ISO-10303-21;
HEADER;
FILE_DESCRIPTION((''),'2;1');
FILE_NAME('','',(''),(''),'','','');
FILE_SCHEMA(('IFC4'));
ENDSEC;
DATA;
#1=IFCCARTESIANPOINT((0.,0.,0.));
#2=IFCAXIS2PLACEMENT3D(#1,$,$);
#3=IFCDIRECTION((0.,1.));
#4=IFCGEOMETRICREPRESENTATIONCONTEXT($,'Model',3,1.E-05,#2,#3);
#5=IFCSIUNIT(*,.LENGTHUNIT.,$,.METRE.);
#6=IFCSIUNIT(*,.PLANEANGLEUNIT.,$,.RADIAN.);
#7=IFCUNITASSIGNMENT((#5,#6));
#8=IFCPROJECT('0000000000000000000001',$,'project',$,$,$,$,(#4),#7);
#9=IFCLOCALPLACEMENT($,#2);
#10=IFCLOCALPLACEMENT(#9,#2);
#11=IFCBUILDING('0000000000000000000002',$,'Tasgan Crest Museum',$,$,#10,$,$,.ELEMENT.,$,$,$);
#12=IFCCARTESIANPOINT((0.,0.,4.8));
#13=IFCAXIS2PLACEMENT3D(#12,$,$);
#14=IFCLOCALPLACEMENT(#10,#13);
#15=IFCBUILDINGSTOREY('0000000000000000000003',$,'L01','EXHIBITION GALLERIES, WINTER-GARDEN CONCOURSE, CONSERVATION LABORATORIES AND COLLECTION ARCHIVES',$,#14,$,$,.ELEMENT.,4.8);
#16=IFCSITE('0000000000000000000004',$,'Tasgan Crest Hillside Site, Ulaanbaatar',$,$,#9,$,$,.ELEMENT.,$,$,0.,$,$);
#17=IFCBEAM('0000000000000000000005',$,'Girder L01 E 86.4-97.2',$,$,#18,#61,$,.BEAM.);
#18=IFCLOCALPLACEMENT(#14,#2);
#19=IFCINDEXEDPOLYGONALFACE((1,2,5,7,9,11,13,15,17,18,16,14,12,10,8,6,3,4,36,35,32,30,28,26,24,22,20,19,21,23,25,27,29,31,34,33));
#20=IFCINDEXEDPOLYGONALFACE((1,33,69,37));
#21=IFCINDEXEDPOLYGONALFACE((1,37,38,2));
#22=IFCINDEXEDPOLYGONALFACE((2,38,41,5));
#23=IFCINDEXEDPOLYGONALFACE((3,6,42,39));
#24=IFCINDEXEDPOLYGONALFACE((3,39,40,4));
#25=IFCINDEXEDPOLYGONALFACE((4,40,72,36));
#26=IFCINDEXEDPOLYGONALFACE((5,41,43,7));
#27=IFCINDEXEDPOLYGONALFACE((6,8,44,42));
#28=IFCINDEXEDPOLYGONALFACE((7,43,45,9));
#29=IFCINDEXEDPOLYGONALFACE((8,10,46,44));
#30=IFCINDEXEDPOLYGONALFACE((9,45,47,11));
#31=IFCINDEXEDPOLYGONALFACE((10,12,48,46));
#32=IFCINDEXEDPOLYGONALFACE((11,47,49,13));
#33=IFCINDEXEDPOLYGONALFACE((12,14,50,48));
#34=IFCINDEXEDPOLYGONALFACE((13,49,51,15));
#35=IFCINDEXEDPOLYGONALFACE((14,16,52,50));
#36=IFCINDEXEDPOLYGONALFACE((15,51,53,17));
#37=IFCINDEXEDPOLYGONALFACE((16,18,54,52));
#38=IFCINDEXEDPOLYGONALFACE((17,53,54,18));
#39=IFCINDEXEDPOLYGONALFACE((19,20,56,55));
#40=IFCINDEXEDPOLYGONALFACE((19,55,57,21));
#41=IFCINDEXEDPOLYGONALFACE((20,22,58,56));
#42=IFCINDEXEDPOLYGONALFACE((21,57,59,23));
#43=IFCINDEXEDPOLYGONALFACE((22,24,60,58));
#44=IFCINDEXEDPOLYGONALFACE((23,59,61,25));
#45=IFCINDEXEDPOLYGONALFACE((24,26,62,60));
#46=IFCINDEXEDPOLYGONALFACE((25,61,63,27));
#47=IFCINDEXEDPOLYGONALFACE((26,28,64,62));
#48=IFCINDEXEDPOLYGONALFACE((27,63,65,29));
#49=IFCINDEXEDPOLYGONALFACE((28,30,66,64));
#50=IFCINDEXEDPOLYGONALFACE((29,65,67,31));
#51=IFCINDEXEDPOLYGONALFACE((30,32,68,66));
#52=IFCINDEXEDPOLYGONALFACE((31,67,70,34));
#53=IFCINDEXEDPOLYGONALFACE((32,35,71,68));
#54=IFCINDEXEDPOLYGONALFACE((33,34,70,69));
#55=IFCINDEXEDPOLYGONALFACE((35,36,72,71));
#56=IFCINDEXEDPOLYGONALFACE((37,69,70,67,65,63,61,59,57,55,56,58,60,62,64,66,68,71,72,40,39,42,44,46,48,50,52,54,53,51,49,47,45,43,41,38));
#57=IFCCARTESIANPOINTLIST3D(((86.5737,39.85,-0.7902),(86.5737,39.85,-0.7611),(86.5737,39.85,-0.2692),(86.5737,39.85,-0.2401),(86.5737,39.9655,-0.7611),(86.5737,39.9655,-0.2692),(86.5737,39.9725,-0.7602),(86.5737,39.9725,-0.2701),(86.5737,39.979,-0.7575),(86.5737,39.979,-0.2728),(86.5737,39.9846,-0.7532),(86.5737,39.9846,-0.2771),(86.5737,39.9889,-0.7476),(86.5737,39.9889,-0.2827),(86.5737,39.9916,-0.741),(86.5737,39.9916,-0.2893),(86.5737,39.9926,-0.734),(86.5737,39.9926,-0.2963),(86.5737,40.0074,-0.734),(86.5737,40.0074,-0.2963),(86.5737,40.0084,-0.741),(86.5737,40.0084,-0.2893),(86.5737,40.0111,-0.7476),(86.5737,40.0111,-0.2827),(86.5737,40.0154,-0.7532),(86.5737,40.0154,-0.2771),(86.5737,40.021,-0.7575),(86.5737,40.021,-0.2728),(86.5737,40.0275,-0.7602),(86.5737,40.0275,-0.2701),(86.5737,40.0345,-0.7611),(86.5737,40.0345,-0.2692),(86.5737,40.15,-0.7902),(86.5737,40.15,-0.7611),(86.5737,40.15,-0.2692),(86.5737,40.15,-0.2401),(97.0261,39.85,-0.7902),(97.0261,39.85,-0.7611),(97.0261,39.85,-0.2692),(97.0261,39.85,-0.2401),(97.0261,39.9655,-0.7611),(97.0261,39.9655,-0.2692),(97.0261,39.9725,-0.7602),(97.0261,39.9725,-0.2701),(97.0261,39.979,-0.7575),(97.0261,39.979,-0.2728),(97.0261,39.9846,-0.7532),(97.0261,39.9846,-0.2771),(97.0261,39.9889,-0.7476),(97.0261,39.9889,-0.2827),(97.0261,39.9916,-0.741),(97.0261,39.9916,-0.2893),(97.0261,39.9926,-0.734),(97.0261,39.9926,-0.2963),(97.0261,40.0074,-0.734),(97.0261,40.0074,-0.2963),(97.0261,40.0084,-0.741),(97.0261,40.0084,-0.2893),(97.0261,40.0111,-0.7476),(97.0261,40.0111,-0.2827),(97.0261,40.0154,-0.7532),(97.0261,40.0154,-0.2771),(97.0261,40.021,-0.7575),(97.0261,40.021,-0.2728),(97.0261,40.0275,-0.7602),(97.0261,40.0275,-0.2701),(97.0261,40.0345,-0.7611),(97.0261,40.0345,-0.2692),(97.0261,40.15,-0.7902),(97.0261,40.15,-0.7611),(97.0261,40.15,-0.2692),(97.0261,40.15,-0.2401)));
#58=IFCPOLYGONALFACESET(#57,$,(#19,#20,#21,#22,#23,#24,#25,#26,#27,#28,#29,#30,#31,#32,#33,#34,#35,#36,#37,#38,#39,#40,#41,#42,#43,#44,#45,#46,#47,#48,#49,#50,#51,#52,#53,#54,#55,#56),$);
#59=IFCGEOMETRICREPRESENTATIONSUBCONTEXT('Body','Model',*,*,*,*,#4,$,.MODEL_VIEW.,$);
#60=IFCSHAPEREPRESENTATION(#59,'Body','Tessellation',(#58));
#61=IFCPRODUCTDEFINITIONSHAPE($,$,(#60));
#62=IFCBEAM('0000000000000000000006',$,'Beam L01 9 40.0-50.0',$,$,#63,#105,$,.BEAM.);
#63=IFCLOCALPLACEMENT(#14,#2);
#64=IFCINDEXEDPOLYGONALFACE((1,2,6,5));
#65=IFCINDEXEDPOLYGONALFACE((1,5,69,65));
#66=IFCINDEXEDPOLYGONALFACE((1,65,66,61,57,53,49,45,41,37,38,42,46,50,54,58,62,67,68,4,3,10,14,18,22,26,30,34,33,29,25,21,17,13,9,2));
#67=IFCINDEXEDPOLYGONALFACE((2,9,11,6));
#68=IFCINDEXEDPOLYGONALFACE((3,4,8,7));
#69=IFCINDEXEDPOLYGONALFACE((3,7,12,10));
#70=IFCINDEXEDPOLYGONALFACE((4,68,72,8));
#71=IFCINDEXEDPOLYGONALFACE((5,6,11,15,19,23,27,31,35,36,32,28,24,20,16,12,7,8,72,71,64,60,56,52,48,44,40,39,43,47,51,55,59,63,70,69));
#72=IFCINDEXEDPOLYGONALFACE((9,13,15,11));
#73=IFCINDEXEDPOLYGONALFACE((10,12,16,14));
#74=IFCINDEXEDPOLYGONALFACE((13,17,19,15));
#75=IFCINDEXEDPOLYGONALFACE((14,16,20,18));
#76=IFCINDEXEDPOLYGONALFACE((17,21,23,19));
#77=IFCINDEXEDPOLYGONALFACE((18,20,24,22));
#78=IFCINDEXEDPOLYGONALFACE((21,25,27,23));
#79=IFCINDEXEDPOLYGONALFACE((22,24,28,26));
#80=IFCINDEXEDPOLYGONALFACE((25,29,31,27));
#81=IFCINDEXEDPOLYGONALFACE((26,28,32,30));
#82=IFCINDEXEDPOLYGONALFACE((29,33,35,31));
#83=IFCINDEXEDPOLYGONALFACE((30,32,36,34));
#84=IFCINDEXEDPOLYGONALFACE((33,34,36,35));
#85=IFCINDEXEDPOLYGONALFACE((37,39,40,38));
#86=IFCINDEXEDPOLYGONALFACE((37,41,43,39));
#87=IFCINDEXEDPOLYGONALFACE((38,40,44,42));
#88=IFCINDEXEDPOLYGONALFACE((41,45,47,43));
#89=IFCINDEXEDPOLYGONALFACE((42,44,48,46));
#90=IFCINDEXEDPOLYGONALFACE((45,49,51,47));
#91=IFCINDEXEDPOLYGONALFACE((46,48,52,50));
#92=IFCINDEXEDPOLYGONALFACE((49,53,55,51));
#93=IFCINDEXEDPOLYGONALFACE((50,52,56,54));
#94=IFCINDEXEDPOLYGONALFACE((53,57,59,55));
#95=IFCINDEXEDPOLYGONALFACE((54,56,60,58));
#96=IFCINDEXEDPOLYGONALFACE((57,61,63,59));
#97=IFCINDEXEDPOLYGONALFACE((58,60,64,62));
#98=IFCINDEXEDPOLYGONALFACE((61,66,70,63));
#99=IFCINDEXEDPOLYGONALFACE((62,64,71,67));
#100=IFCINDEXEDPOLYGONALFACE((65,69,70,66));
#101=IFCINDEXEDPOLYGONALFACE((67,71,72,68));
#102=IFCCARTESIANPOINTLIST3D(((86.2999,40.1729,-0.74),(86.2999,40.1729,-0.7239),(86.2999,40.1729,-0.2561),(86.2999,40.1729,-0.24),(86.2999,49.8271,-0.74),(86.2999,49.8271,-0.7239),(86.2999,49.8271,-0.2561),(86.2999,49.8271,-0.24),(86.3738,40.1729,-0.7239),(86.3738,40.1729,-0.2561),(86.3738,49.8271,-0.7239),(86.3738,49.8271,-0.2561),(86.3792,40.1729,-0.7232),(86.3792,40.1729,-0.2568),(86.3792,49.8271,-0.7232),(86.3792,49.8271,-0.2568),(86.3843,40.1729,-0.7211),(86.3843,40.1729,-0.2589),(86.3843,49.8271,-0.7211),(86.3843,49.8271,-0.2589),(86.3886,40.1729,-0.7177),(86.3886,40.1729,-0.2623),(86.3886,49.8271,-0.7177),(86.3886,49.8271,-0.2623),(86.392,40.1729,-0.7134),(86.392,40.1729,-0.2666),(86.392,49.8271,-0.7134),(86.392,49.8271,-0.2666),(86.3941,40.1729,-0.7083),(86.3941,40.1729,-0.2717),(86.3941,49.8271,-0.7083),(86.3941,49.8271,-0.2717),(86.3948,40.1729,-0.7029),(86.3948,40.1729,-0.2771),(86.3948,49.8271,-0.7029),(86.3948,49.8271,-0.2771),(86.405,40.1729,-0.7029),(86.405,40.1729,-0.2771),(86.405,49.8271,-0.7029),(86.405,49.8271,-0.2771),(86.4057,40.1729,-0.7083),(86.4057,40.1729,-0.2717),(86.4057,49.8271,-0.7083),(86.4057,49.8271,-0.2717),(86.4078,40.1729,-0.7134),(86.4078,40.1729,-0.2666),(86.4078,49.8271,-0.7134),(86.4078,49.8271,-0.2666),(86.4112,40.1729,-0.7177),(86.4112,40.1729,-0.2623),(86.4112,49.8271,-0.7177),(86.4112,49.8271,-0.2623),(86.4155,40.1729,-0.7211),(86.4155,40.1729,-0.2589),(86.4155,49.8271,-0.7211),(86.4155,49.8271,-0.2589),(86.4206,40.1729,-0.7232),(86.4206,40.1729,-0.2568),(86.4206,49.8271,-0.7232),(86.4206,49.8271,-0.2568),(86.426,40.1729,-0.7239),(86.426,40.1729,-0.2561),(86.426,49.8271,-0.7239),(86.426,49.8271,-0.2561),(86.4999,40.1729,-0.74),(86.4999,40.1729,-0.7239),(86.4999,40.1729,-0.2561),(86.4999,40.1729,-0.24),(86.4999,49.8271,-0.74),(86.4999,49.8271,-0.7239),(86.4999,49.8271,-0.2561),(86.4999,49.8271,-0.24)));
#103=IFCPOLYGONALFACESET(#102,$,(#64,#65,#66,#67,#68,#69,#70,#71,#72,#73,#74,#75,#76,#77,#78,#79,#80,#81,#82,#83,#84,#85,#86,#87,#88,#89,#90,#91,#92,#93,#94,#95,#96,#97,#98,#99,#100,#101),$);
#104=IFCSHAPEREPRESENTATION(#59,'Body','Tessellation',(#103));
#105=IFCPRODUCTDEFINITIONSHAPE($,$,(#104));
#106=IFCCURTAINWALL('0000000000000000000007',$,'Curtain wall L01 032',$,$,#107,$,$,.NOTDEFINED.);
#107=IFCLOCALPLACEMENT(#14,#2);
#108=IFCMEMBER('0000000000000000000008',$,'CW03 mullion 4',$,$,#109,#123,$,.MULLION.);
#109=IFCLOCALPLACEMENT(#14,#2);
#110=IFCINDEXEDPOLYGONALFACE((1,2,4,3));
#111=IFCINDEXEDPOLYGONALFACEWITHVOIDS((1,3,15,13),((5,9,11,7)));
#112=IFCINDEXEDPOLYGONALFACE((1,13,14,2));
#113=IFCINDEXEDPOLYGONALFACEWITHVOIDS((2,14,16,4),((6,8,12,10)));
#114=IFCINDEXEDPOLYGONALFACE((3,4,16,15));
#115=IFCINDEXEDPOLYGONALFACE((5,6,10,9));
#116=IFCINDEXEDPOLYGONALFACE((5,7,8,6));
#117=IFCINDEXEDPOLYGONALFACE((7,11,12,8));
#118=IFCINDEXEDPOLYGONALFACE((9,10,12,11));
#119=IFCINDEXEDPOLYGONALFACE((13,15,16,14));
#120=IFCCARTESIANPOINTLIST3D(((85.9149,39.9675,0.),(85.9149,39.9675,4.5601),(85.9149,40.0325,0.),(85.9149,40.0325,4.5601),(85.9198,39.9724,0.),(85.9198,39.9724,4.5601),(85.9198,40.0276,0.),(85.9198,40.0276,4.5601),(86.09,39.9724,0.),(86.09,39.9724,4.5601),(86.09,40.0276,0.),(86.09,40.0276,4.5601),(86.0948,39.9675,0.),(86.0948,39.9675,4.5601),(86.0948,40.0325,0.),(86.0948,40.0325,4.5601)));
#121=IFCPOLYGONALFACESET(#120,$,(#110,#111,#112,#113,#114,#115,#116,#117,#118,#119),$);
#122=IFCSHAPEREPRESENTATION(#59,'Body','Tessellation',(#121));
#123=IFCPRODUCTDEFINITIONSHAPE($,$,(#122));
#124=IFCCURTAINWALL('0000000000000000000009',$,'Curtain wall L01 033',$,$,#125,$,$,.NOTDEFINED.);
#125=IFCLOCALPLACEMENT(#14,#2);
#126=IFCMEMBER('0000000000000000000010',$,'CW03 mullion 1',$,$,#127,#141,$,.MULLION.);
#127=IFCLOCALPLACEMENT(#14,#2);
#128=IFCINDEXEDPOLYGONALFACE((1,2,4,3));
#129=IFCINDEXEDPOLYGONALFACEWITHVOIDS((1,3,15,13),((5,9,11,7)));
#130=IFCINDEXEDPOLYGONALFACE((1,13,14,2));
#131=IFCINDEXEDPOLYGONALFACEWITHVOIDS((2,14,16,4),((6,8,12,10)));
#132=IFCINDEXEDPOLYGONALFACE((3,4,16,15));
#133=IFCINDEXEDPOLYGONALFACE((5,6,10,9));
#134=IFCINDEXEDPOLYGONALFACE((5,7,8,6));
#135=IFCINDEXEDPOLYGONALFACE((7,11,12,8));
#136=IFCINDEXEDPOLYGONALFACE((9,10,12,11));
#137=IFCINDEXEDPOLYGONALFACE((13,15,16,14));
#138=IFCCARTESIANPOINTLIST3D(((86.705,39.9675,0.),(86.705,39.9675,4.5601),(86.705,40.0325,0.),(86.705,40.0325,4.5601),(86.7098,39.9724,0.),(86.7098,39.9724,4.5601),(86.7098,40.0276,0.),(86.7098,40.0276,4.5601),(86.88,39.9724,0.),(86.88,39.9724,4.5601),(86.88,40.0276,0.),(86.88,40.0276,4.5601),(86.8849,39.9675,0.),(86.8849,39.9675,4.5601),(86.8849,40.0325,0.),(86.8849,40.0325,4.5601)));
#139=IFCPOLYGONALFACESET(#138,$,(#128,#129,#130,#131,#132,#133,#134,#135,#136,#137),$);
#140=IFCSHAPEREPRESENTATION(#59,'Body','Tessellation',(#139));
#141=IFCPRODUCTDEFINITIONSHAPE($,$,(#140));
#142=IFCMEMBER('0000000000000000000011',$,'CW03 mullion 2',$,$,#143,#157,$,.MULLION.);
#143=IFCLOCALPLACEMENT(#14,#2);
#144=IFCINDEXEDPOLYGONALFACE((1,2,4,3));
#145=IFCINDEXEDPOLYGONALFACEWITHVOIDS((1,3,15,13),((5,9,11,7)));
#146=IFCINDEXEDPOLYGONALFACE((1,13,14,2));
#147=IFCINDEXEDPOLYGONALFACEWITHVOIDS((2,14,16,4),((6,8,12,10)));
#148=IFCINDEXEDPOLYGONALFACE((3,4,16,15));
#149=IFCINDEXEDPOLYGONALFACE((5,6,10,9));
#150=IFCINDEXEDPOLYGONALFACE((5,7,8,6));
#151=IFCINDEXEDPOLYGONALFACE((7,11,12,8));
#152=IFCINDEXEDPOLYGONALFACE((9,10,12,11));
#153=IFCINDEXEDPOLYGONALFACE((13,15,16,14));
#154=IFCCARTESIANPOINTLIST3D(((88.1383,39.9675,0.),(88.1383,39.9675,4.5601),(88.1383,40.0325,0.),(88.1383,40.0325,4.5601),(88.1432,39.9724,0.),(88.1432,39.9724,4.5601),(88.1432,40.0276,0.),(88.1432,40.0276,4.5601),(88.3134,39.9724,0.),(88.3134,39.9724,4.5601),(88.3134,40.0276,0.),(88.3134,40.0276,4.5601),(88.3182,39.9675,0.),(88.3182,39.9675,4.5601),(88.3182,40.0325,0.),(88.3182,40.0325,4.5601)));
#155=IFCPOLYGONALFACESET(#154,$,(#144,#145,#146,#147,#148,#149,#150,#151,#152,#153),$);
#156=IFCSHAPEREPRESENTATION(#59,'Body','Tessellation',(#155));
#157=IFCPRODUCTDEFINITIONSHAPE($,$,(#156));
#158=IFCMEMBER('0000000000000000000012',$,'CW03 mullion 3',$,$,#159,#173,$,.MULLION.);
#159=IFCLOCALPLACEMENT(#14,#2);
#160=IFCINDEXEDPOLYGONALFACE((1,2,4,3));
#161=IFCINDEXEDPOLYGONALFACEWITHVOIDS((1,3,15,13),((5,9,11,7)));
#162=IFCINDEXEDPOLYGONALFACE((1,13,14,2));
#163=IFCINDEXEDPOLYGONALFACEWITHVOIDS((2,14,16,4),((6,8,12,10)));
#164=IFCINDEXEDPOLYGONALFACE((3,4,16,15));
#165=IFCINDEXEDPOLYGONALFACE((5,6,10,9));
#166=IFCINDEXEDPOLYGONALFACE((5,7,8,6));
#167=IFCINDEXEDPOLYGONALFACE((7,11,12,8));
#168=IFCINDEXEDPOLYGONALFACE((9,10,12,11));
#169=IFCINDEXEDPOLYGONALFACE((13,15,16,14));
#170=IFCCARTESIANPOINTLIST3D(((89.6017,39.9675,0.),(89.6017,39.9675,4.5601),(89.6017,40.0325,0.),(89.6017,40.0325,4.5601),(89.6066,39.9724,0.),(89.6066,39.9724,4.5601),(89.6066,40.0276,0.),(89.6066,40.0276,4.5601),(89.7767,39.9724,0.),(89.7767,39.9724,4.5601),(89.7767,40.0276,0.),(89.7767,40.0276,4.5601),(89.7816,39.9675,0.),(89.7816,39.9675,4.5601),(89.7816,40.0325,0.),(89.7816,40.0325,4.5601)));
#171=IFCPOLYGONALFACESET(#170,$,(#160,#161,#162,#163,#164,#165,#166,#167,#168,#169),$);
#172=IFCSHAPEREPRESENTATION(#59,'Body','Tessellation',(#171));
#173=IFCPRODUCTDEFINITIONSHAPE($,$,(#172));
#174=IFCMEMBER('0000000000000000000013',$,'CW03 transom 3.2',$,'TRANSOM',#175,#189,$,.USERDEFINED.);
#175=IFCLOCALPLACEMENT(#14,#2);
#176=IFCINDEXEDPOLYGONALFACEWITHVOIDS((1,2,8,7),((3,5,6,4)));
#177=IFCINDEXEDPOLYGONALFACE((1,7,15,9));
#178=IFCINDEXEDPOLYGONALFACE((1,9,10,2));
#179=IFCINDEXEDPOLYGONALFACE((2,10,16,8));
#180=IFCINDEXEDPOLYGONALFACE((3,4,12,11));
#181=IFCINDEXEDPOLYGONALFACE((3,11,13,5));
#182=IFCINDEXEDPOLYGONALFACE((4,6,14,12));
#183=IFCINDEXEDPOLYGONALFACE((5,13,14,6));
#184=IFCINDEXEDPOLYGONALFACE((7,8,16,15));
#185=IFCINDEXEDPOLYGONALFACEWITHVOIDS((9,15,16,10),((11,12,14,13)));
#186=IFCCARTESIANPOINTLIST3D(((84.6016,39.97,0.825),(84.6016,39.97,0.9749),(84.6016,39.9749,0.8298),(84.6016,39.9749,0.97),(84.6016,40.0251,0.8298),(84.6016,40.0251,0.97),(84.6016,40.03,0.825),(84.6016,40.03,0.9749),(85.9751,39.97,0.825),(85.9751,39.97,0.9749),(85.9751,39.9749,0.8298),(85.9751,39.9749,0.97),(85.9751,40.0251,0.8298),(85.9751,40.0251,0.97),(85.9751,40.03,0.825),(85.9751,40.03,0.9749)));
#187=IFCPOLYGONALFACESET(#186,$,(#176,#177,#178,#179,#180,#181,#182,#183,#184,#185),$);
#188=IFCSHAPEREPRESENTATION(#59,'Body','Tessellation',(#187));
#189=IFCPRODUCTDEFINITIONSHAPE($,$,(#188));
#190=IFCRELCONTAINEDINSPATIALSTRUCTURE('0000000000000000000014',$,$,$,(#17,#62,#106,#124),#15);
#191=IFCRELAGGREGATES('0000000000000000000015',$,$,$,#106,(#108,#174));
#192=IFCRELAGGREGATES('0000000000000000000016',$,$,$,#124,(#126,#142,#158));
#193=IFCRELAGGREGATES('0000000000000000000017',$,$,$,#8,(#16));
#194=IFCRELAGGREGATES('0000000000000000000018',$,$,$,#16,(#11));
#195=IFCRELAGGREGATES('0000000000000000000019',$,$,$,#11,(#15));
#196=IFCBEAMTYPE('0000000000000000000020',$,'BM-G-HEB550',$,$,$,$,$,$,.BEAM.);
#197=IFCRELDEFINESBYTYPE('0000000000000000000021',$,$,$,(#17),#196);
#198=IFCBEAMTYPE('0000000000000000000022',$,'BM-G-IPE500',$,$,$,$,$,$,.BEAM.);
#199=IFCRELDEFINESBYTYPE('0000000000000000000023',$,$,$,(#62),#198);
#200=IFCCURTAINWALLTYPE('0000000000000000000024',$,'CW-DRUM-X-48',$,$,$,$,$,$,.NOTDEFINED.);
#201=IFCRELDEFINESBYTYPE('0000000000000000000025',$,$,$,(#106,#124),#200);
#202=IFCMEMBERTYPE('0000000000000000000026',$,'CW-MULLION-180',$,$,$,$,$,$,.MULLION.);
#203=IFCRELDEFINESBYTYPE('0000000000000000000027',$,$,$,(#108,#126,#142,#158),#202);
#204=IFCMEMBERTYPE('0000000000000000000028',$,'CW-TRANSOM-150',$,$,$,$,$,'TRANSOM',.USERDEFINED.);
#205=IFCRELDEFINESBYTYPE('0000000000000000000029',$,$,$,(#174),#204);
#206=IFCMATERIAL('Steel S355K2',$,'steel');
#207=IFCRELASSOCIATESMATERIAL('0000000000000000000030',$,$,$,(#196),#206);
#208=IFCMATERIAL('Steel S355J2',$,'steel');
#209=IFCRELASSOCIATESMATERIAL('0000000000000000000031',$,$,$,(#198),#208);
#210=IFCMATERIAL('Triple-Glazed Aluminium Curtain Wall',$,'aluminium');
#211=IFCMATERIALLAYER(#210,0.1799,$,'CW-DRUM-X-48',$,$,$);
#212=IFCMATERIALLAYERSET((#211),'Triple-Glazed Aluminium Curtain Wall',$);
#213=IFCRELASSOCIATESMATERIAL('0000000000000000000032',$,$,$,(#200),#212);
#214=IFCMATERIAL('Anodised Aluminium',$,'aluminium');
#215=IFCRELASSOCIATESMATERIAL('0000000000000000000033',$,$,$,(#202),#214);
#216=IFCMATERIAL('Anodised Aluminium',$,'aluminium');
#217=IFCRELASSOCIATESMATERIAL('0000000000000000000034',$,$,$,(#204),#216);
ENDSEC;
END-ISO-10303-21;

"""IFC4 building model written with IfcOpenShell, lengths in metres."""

from ifc_helpers import new_model, si_unit, direction, frame, origin, origin_2d, place, context, subcontext, project, spatial, hollow_rectangle, i_section, extrude, material, layer, layer_set, material_profile, profile_set, type_object, element, aggregate, save


model = new_model("IFC4")

# Units and contexts
model_context = context("Model", 3, precision=1e-05, world=origin(), true_north=direction((0.0, 1.0)))
body_context = subcontext(model_context, "Body", "Model", "MODEL_VIEW")
ifc_project = project(units=[si_unit("LENGTHUNIT", "METRE"), si_unit("PLANEANGLEUNIT", "RADIAN")], contexts=[model_context])

# Site, building, storey
site_placement = place(None, origin())
site = spatial("IfcSite", under=ifc_project, at=site_placement, Name="Tasgan Crest Hillside Site, Ulaanbaatar", CompositionType="ELEMENT", RefElevation=0.0)
building_placement = place(site_placement, origin())
building = spatial("IfcBuilding", under=site, at=building_placement, Name="Tasgan Crest Museum", CompositionType="ELEMENT")
storey_placement = place(building_placement, frame((0.0, 0.0, 4.8)))
storey = spatial("IfcBuildingStorey", under=building, at=storey_placement, Name="L01", Description="EXHIBITION GALLERIES, WINTER-GARDEN CONCOURSE, CONSERVATION LABORATORIES AND COLLECTION ARCHIVES", CompositionType="ELEMENT", Elevation=4.8)

# Beams
ifc_material_1 = material(Name="Steel S355K2", Category="steel")
ifc_material_profile_1 = material_profile(ifc_material_1, i_section(OverallWidth=0.3, OverallDepth=0.55, WebThickness=0.0149, FlangeThickness=0.0291, FilletRadius=0.0271, at=origin_2d()), Name="HEB 550")
ifc_profile_set_1 = profile_set([ifc_material_profile_1], Name="Steel S355K2")
beam_type_1 = type_object("IfcBeamType", Name="BM-G-HEB550", PredefinedType="BEAM", material=ifc_profile_set_1)
beam_1_placement = place(storey_placement, frame((86.5737, 40.0, -0.5151), z_axis=(1.0, 0.0, 0.0), x_axis=(0.0, 1.0, 0.0)))
element("IfcBeam", 1, at=beam_1_placement, inside=storey, type_object=beam_type_1, Name="Girder L01 E 86.4-97.2", PredefinedType="BEAM", context=body_context, shape_type="SweptSolid", body=[
    extrude(i_section(OverallWidth=0.3, OverallDepth=0.55, WebThickness=0.0149, FlangeThickness=0.0291, FilletRadius=0.0271, at=origin_2d()), origin(), (0.0, 0.0, 1.0), 10.4524),
])
ifc_material_2 = material(Name="Steel S355J2", Category="steel")
ifc_material_profile_2 = material_profile(ifc_material_2, i_section(OverallWidth=0.2, OverallDepth=0.5, WebThickness=0.0103, FlangeThickness=0.0161, FilletRadius=0.021, at=origin_2d()), Name="IPE 500")
ifc_profile_set_2 = profile_set([ifc_material_profile_2], Name="Steel S355J2")
beam_type_2 = type_object("IfcBeamType", Name="BM-G-IPE500", PredefinedType="BEAM", material=ifc_profile_set_2)
beam_2_placement = place(storey_placement, frame((86.3999, 40.1729, -0.49), z_axis=(0.0, 1.0, 0.0), x_axis=(-1.0, 0.0, 0.0)))
element("IfcBeam", 2, at=beam_2_placement, inside=storey, type_object=beam_type_2, Name="Beam L01 9 40.0-50.0", PredefinedType="BEAM", context=body_context, shape_type="SweptSolid", body=[
    extrude(i_section(OverallWidth=0.2, OverallDepth=0.5, WebThickness=0.0103, FlangeThickness=0.0161, FilletRadius=0.021, at=origin_2d()), origin(), (0.0, 0.0, 1.0), 9.6543),
])

# Curtain wall, member
ifc_material_3 = material(Name="Triple-Glazed Aluminium Curtain Wall", Category="aluminium")
ifc_layer_1 = layer(ifc_material_3, 0.1799, Name="CW-DRUM-X-48")
ifc_layer_set_1 = layer_set([ifc_layer_1], Name="Triple-Glazed Aluminium Curtain Wall")
curtain_wall_type = type_object("IfcCurtainWallType", Name="CW-DRUM-X-48", PredefinedType="NOTDEFINED", material=ifc_layer_set_1)
curtain_wall_1_placement = place(storey_placement, origin())
curtain_wall_1 = element("IfcCurtainWall", 3, at=curtain_wall_1_placement, inside=storey, type_object=curtain_wall_type, Name="Curtain wall L01 032", PredefinedType="NOTDEFINED")
ifc_material_4 = material(Name="Anodised Aluminium", Category="aluminium")
ifc_material_profile_3 = material_profile(ifc_material_4, hollow_rectangle(XDim=0.0649, YDim=0.1799, WallThickness=0.0049, at=origin_2d()), Name="ALU MULLION 180x65x5")
ifc_profile_set_3 = profile_set([ifc_material_profile_3], Name="Anodised Aluminium")
member_type_1 = type_object("IfcMemberType", Name="CW-MULLION-180", PredefinedType="MULLION", material=ifc_profile_set_3)
member_1_placement = place(storey_placement, frame((86.0049, 40.0, 0.0), z_axis=(0.0, 0.0, 1.0), x_axis=(0.0, 1.0, 0.0)))
member_1 = element("IfcMember", 4, at=member_1_placement, type_object=member_type_1, Name="CW03 mullion 4", PredefinedType="MULLION", context=body_context, shape_type="SweptSolid", body=[
    extrude(hollow_rectangle(XDim=0.0649, YDim=0.1799, WallThickness=0.0049, at=origin_2d()), origin(), (0.0, 0.0, 1.0), 4.5601),
])

# Curtain wall, members
curtain_wall_2_placement = place(storey_placement, origin())
curtain_wall_2 = element("IfcCurtainWall", 5, at=curtain_wall_2_placement, inside=storey, type_object=curtain_wall_type, Name="Curtain wall L01 033", PredefinedType="NOTDEFINED")
member_2_placement = place(storey_placement, frame((86.7949, 40.0, 0.0), z_axis=(0.0, 0.0, 1.0), x_axis=(0.0, 1.0, 0.0)))
member_2 = element("IfcMember", 6, at=member_2_placement, type_object=member_type_1, Name="CW03 mullion 1", PredefinedType="MULLION", context=body_context, shape_type="SweptSolid", body=[
    extrude(hollow_rectangle(XDim=0.0649, YDim=0.1799, WallThickness=0.0049, at=origin_2d()), origin(), (0.0, 0.0, 1.0), 4.5601),
])
member_3_placement = place(storey_placement, frame((88.2283, 40.0, 0.0), z_axis=(0.0, 0.0, 1.0), x_axis=(0.0, 1.0, 0.0)))
member_3 = element("IfcMember", 7, at=member_3_placement, type_object=member_type_1, Name="CW03 mullion 2", PredefinedType="MULLION", context=body_context, shape_type="SweptSolid", body=[
    extrude(hollow_rectangle(XDim=0.0649, YDim=0.1799, WallThickness=0.0049, at=origin_2d()), origin(), (0.0, 0.0, 1.0), 4.5601),
])
member_4_placement = place(storey_placement, frame((89.6917, 40.0, 0.0), z_axis=(0.0, 0.0, 1.0), x_axis=(0.0, 1.0, 0.0)))
member_4 = element("IfcMember", 8, at=member_4_placement, type_object=member_type_1, Name="CW03 mullion 3", PredefinedType="MULLION", context=body_context, shape_type="SweptSolid", body=[
    extrude(hollow_rectangle(XDim=0.0649, YDim=0.1799, WallThickness=0.0049, at=origin_2d()), origin(), (0.0, 0.0, 1.0), 4.5601),
])

# Member
ifc_material_5 = material(Name="Anodised Aluminium", Category="aluminium")
ifc_material_profile_4 = material_profile(ifc_material_5, hollow_rectangle(XDim=0.0601, YDim=0.1499, WallThickness=0.0049, at=origin_2d()), Name="ALU TRANSOM 150x60x5")
ifc_profile_set_4 = profile_set([ifc_material_profile_4], Name="Anodised Aluminium")
member_type_2 = type_object("IfcMemberType", Name="CW-TRANSOM-150", ElementType="TRANSOM", PredefinedType="USERDEFINED", material=ifc_profile_set_4)
member_5_placement = place(storey_placement, frame((84.6016, 40.0, 0.8999), z_axis=(1.0, 0.0, 0.0), x_axis=(0.0, 1.0, 0.0)))
member_5 = element("IfcMember", 9, at=member_5_placement, type_object=member_type_2, Name="CW03 transom 3.2", ObjectType="TRANSOM", PredefinedType="USERDEFINED", context=body_context, shape_type="SweptSolid", body=[
    extrude(hollow_rectangle(XDim=0.0601, YDim=0.1499, WallThickness=0.0049, at=origin_2d()), origin(), (0.0, 0.0, 1.0), 1.3735),
])

aggregate(curtain_wall_1, [member_1, member_5])
aggregate(curtain_wall_2, [member_2, member_3, member_4])

save(model, "model.ifc")
